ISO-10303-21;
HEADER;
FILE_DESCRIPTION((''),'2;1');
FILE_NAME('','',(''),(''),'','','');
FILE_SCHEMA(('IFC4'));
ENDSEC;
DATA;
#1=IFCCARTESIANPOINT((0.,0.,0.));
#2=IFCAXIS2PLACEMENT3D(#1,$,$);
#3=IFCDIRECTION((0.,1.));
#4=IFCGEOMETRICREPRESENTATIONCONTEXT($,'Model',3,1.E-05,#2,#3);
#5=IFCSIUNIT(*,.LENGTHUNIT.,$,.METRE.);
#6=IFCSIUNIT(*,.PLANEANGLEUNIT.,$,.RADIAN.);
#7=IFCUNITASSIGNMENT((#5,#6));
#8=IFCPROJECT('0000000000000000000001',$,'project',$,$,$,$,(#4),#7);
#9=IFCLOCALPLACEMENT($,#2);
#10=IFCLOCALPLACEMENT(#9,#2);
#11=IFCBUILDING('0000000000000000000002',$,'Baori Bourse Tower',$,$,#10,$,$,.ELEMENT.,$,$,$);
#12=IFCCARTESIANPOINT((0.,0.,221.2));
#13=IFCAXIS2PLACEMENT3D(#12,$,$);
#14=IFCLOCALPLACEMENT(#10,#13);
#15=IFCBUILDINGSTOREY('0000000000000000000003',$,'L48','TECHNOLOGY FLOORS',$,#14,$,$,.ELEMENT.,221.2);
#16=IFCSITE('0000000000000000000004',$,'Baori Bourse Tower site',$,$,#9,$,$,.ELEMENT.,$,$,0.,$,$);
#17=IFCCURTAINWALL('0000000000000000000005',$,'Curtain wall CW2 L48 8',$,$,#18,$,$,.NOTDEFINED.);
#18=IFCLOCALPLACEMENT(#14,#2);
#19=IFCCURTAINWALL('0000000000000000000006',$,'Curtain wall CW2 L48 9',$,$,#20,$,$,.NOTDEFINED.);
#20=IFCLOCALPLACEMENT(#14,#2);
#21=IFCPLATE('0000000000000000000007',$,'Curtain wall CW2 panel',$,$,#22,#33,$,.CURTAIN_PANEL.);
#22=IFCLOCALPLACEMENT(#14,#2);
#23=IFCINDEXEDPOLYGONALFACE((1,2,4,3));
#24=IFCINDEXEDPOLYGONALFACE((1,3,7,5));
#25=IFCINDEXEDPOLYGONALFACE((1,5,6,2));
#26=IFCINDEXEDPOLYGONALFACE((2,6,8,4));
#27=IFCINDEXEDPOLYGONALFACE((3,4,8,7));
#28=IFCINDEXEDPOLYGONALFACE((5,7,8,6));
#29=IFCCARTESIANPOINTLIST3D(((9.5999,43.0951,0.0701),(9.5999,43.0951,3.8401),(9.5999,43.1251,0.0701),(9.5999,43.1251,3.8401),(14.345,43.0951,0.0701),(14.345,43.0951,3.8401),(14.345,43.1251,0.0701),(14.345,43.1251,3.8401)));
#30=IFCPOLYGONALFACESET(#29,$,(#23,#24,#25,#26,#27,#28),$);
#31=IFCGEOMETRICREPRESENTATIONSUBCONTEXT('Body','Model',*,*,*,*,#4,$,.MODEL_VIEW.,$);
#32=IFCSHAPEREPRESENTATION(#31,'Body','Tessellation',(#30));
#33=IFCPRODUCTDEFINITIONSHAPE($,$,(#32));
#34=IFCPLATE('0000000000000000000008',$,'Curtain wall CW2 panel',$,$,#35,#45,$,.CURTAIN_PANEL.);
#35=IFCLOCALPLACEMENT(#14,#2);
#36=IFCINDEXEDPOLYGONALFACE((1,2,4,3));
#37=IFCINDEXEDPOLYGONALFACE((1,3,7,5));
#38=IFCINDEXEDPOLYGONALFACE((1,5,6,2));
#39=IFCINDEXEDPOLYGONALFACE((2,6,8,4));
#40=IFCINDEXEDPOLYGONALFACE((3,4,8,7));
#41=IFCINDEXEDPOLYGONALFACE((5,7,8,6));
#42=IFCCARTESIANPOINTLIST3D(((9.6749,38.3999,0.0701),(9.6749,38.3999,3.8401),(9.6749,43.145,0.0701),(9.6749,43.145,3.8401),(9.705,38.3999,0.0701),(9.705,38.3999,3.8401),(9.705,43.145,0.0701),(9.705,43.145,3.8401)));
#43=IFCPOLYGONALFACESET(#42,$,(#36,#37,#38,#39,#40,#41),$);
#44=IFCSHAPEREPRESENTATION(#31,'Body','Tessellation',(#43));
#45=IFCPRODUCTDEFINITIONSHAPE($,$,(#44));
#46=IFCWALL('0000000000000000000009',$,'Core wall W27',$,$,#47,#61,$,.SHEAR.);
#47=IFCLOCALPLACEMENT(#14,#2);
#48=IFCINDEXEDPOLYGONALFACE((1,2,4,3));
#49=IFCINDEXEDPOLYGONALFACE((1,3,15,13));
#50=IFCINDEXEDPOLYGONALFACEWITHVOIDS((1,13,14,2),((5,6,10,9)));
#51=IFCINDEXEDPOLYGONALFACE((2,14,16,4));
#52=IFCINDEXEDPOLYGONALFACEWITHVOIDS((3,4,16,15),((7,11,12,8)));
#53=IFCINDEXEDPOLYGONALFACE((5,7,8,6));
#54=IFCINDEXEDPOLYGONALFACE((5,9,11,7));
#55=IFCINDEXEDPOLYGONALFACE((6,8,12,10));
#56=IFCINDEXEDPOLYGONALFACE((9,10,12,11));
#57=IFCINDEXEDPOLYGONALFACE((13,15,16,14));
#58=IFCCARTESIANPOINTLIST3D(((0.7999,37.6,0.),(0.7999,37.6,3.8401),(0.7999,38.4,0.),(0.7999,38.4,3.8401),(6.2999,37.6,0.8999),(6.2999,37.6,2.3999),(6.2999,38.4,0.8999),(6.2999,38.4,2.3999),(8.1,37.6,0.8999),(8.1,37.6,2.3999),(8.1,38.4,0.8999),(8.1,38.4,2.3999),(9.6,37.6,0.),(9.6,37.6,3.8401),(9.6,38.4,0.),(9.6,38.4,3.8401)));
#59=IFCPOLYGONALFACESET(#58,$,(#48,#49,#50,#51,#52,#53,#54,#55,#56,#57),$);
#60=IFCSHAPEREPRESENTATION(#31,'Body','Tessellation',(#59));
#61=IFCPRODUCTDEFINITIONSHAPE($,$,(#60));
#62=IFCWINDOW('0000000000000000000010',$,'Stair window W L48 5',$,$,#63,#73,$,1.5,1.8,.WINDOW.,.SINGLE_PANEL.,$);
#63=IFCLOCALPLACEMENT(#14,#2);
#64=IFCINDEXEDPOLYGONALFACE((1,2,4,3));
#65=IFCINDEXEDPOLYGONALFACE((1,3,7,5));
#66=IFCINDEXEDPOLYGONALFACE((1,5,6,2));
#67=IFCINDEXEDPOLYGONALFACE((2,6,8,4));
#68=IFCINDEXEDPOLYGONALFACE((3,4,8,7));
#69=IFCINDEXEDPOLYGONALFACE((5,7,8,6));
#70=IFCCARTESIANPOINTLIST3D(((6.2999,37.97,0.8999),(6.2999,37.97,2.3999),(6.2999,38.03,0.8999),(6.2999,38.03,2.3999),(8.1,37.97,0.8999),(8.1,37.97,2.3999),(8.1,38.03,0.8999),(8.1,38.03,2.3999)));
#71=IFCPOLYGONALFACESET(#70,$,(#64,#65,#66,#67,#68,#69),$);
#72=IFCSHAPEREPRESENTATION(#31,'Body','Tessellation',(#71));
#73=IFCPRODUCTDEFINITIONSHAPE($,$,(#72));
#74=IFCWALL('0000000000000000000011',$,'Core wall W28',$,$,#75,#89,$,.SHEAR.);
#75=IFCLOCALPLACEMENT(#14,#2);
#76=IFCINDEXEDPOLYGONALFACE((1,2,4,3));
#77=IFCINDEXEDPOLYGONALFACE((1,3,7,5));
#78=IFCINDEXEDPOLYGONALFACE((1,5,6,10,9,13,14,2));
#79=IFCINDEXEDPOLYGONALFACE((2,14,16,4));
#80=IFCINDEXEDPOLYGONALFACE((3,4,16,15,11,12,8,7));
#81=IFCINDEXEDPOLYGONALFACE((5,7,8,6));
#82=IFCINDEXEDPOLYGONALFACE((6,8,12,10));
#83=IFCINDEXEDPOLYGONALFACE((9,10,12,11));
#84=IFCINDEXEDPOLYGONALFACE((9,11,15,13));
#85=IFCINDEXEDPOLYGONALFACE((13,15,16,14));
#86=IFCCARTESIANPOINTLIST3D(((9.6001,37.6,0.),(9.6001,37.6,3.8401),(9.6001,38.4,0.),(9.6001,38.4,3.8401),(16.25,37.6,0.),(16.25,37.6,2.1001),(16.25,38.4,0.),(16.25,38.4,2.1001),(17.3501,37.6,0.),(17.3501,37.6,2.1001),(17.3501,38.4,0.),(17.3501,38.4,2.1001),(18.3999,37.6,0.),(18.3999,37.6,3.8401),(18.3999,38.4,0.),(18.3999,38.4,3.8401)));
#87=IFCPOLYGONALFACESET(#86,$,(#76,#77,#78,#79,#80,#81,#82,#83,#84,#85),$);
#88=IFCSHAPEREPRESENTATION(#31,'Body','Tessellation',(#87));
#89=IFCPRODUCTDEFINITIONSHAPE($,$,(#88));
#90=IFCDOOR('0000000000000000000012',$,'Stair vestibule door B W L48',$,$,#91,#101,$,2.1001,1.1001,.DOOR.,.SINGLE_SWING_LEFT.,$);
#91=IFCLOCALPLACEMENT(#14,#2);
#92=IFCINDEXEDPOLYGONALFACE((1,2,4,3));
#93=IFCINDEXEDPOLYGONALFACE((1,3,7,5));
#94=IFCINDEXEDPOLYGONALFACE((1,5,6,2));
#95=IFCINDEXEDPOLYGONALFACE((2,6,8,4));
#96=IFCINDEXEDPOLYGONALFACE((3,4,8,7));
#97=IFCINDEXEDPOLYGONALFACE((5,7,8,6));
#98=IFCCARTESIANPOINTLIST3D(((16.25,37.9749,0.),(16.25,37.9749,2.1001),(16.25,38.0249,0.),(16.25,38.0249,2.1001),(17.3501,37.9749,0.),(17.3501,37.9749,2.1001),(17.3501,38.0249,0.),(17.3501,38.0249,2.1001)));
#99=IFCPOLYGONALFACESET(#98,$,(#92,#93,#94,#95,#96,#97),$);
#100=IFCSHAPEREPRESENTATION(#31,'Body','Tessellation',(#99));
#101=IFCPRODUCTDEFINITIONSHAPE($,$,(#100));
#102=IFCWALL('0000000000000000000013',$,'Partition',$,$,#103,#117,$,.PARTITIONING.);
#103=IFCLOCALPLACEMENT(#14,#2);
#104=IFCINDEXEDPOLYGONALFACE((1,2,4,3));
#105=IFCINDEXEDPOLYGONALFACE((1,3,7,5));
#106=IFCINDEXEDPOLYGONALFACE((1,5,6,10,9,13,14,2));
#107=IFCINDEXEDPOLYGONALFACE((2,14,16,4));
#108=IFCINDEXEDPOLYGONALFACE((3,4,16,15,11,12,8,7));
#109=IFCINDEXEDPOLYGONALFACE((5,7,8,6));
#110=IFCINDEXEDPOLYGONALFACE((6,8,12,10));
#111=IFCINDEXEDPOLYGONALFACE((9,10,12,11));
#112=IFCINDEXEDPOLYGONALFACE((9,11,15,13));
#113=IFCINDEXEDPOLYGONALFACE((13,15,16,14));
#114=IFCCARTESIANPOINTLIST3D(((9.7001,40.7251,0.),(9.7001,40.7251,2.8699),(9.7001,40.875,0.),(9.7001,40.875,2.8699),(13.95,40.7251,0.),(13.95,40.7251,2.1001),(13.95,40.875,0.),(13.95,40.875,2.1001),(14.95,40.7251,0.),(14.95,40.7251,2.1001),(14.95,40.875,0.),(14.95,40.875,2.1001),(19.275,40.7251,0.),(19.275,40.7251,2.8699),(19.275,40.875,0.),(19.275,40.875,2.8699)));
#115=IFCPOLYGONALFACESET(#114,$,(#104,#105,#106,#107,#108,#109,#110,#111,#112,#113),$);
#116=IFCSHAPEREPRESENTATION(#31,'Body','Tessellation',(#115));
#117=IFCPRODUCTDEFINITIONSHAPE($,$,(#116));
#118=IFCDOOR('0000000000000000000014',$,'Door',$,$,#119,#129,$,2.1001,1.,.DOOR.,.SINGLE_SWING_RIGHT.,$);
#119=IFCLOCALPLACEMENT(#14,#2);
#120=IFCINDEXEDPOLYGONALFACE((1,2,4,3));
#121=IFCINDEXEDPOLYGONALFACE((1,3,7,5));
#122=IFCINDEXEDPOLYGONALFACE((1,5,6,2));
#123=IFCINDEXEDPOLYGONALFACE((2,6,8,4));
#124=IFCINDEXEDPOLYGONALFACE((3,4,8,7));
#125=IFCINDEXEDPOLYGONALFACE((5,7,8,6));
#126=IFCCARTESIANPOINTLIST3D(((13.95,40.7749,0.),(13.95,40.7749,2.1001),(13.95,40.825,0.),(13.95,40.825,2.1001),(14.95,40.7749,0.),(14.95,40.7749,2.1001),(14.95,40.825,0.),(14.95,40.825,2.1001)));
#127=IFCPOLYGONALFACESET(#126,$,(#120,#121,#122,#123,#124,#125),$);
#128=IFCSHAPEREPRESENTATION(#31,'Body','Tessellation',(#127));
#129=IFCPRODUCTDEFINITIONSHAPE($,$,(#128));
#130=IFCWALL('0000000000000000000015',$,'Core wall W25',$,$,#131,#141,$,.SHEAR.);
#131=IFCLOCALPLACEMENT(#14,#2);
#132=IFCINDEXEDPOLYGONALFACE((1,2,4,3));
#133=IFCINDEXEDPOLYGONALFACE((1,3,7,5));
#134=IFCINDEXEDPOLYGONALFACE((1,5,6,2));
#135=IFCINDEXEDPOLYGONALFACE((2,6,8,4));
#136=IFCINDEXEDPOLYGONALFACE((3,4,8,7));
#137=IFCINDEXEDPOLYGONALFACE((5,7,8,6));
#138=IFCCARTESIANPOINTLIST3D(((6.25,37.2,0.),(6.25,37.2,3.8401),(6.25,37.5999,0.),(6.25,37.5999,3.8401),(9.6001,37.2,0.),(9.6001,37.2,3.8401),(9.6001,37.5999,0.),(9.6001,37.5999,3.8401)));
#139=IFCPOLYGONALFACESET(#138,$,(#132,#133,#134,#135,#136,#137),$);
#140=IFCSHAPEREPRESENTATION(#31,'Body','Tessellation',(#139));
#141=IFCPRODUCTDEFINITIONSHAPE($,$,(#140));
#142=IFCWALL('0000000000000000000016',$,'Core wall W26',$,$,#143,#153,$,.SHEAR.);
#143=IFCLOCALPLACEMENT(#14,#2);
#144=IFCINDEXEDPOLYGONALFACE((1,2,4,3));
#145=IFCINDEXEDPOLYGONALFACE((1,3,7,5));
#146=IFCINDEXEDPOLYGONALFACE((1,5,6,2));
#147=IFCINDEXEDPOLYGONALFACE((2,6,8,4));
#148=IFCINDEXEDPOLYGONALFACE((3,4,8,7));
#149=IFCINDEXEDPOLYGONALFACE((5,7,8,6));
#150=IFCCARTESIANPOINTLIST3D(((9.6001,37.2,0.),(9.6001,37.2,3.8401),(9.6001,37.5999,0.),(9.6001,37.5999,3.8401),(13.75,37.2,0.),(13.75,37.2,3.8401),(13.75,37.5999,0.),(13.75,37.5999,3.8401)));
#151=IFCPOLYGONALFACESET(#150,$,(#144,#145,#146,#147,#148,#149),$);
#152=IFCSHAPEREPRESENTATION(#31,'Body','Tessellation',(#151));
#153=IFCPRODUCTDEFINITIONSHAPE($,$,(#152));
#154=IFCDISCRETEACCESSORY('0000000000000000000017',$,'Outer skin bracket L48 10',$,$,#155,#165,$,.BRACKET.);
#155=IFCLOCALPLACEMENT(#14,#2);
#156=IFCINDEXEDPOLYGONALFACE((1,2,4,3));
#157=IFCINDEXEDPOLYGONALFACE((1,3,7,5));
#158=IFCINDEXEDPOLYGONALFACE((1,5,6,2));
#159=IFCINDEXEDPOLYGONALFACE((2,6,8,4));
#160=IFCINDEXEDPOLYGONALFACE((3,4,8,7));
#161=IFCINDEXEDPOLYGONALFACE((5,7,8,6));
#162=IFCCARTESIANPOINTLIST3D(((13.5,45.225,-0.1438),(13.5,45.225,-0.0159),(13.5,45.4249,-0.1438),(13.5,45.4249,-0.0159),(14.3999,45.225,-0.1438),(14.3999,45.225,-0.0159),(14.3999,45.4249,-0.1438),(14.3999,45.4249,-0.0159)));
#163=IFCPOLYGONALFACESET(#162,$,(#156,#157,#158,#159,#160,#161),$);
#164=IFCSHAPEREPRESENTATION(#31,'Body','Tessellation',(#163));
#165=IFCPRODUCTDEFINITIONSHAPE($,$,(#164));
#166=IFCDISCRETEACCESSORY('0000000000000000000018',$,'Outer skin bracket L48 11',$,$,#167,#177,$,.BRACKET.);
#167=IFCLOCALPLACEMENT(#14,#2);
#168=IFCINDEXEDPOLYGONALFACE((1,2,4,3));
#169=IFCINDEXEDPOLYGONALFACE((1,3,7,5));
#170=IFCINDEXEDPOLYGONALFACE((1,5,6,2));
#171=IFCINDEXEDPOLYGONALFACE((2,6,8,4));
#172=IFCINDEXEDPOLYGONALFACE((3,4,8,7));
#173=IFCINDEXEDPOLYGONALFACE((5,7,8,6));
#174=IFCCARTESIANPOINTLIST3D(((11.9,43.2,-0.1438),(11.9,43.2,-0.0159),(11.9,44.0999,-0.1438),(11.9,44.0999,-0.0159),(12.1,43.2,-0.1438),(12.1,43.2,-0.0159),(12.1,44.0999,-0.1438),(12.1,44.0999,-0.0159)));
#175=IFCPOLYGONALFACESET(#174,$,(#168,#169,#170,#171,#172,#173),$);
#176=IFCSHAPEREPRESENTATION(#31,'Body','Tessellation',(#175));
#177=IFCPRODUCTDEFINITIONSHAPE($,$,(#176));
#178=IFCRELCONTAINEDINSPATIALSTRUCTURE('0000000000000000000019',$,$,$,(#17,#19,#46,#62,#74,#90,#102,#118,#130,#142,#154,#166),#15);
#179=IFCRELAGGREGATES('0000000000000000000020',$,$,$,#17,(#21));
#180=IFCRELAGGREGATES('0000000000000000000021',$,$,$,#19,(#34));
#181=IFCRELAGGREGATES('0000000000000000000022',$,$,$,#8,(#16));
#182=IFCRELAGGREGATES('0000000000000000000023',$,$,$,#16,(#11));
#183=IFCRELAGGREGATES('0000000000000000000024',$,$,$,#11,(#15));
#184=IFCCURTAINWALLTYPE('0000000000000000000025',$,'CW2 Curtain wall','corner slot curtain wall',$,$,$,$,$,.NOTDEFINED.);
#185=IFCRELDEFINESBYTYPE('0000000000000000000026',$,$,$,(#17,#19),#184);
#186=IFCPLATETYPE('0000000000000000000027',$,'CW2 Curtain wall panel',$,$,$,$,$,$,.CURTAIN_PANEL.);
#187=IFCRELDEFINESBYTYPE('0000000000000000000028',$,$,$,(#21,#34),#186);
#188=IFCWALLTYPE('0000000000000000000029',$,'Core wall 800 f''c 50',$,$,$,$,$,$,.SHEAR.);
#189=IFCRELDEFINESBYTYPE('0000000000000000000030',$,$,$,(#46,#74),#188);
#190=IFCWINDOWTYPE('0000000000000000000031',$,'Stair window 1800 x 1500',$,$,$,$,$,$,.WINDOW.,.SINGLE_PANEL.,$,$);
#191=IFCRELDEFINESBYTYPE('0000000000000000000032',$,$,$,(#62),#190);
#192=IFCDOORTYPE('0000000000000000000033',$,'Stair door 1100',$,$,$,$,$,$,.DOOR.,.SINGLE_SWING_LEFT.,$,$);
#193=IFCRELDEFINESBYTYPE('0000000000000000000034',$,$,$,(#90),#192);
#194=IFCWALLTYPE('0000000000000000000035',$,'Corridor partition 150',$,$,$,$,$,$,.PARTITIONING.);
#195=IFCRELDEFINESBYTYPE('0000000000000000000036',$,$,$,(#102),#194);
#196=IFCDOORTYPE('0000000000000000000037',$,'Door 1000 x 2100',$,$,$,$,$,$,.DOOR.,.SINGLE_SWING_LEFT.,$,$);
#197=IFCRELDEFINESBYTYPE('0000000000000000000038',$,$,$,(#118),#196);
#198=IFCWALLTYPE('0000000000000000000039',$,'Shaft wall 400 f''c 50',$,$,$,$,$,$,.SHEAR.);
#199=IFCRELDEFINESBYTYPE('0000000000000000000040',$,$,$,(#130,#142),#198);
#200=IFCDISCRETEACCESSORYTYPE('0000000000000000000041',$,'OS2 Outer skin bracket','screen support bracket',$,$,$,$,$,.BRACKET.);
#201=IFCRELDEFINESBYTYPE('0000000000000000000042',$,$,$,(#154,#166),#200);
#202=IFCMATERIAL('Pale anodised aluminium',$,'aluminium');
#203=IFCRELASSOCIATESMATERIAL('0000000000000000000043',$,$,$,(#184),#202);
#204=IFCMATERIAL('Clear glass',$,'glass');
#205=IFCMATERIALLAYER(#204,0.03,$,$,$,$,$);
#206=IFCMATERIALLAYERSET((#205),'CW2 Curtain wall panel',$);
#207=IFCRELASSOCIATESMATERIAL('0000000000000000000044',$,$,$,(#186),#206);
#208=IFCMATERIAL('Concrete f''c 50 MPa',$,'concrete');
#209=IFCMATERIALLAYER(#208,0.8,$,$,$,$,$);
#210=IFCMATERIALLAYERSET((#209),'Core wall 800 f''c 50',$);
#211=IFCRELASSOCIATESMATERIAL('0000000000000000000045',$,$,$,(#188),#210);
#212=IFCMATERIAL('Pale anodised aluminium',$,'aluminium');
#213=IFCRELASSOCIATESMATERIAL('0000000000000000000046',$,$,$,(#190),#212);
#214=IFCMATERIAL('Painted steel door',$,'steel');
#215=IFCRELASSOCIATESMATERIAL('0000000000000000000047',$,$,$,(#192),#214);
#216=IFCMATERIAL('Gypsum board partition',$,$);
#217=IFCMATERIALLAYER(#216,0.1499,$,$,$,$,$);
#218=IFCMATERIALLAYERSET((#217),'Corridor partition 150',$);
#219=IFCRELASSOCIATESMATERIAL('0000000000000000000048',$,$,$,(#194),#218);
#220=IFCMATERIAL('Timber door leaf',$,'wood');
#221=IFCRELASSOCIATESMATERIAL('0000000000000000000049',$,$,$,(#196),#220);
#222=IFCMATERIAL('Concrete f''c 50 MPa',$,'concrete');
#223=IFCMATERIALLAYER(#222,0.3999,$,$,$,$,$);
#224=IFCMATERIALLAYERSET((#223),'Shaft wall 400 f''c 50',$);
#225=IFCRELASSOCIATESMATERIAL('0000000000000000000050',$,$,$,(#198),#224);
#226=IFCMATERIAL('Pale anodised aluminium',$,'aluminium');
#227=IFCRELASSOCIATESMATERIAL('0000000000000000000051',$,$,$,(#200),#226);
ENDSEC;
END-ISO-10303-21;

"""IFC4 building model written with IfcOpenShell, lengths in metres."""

from ifc_helpers import new_model, si_unit, direction, frame, frame_2d, origin, origin_2d, place, context, subcontext, project, spatial, rectangle, extrude, material, layer, layer_set, type_object, element, fill, aggregate, save


model = new_model("IFC4")

# Units and contexts
model_context = context("Model", 3, precision=1e-05, world=origin(), true_north=direction((0.0, 1.0)))
body_context = subcontext(model_context, "Body", "Model", "MODEL_VIEW")
ifc_project = project(units=[si_unit("LENGTHUNIT", "METRE"), si_unit("PLANEANGLEUNIT", "RADIAN")], contexts=[model_context])

# Site, building, storey
site_placement = place(None, origin())
site = spatial("IfcSite", under=ifc_project, at=site_placement, Name="Baori Bourse Tower site", CompositionType="ELEMENT", RefElevation=0.0)
building_placement = place(site_placement, origin())
building = spatial("IfcBuilding", under=site, at=building_placement, Name="Baori Bourse Tower", CompositionType="ELEMENT")
storey_placement = place(building_placement, frame((0.0, 0.0, 221.2)))
storey = spatial("IfcBuildingStorey", under=building, at=storey_placement, Name="L48", Description="TECHNOLOGY FLOORS", CompositionType="ELEMENT", Elevation=221.2)

# Curtain walls
ifc_material_1 = material(Name="Pale anodised aluminium", Category="aluminium")
curtain_wall_type = type_object("IfcCurtainWallType", Name="CW2 Curtain wall", Description="corner slot curtain wall", PredefinedType="NOTDEFINED", material=ifc_material_1)
curtain_wall_1_placement = place(storey_placement, origin())
curtain_wall_1 = element("IfcCurtainWall", 1, at=curtain_wall_1_placement, inside=storey, type_object=curtain_wall_type, Name="Curtain wall CW2 L48 8", PredefinedType="NOTDEFINED")
curtain_wall_2_placement = place(storey_placement, origin())
curtain_wall_2 = element("IfcCurtainWall", 2, at=curtain_wall_2_placement, inside=storey, type_object=curtain_wall_type, Name="Curtain wall CW2 L48 9", PredefinedType="NOTDEFINED")

# Plates
ifc_material_2 = material(Name="Clear glass", Category="glass")
ifc_layer_1 = layer(ifc_material_2, 0.03)
ifc_layer_set_1 = layer_set([ifc_layer_1], Name="CW2 Curtain wall panel")
plate_type = type_object("IfcPlateType", Name="CW2 Curtain wall panel", PredefinedType="CURTAIN_PANEL", material=ifc_layer_set_1)
plate_1_placement = place(storey_placement, frame((11.9724, 43.1101, 0.0701), z_axis=(0.0, 0.0, 1.0), x_axis=(-1.0, 0.0, 0.0)))
plate_1 = element("IfcPlate", 3, at=plate_1_placement, type_object=plate_type, Name="Curtain wall CW2 panel", PredefinedType="CURTAIN_PANEL", context=body_context, shape_type="SweptSolid", body=[
    extrude(rectangle(XDim=4.7451, YDim=0.03, at=origin_2d()), origin(), (0.0, 0.0, 1.0), 3.77),
])
aggregate(curtain_wall_1, [plate_1])
plate_2_placement = place(storey_placement, frame((9.6899, 40.7725, 0.0701), z_axis=(0.0, 0.0, 1.0), x_axis=(0.0, -1.0, 0.0)))
plate_2 = element("IfcPlate", 4, at=plate_2_placement, type_object=plate_type, Name="Curtain wall CW2 panel", PredefinedType="CURTAIN_PANEL", context=body_context, shape_type="SweptSolid", body=[
    extrude(rectangle(XDim=4.7451, YDim=0.03, at=origin_2d()), origin(), (0.0, 0.0, 1.0), 3.77),
])
aggregate(curtain_wall_2, [plate_2])

# Wall, opening, window
ifc_material_3 = material(Name="Concrete f'c 50 MPa", Category="concrete")
ifc_layer_2 = layer(ifc_material_3, 0.8)
ifc_layer_set_2 = layer_set([ifc_layer_2], Name="Core wall 800 f'c 50")
wall_type_1 = type_object("IfcWallType", Name="Core wall 800 f'c 50", PredefinedType="SHEAR", material=ifc_layer_set_2)
wall_1_placement = place(storey_placement, frame((0.8, 38.0, 0.0), z_axis=(0.0, 0.0, 1.0), x_axis=(1.0, 0.0, 0.0)))
wall_1 = element("IfcWall", 5, at=wall_1_placement, inside=storey, type_object=wall_type_1, Name="Core wall W27", PredefinedType="SHEAR", context=body_context, shape_type="SweptSolid", body=[
    extrude(rectangle(XDim=8.8, YDim=0.8, at=frame_2d((4.3999, 0.0))), origin(), (0.0, 0.0, 1.0), 3.8401),
])
opening_1_placement = place(wall_1_placement, frame((5.5, 0.0, 0.8999)))
opening_1 = element("IfcOpeningElement", 6, at=opening_1_placement, cuts=wall_1, PredefinedType="OPENING", context=body_context, shape_type="SweptSolid", body=[
    extrude(rectangle(XDim=1.8, YDim=1.5, at=frame_2d((0.8999, 0.75))), frame((0.0, 0.4099, 0.0), z_axis=(0.0, -1.0, 0.0), x_axis=(1.0, 0.0, 0.0)), (0.0, 0.0, 1.0), 0.8201),
])
ifc_material_4 = material(Name="Pale anodised aluminium", Category="aluminium")
window_type = type_object("IfcWindowType", Name="Stair window 1800 x 1500", PartitioningType="SINGLE_PANEL", PredefinedType="WINDOW", material=ifc_material_4)
window_placement = place(opening_1_placement, origin())
window = element("IfcWindow", 7, at=window_placement, inside=storey, type_object=window_type, Name="Stair window W L48 5", OverallHeight=1.5, OverallWidth=1.8, PartitioningType="SINGLE_PANEL", PredefinedType="WINDOW", context=body_context, shape_type="SweptSolid", body=[
    extrude(rectangle(XDim=1.8, YDim=1.5, at=frame_2d((0.8999, 0.75))), frame((0.0, 0.03, 0.0), z_axis=(0.0, -1.0, 0.0), x_axis=(1.0, 0.0, 0.0)), (0.0, 0.0, 1.0), 0.0601),
])
fill(opening_1, window)

# Walls, openings, doors
wall_2_placement = place(storey_placement, frame((9.6001, 38.0, 0.0), z_axis=(0.0, 0.0, 1.0), x_axis=(1.0, 0.0, 0.0)))
wall_2 = element("IfcWall", 8, at=wall_2_placement, inside=storey, type_object=wall_type_1, Name="Core wall W28", PredefinedType="SHEAR", context=body_context, shape_type="SweptSolid", body=[
    extrude(rectangle(XDim=8.7998, YDim=0.8, at=frame_2d((4.3999, 0.0))), origin(), (0.0, 0.0, 1.0), 3.8401),
])
opening_2_placement = place(wall_2_placement, frame((6.6499, 0.0, 0.0)))
opening_2 = element("IfcOpeningElement", 9, at=opening_2_placement, cuts=wall_2, PredefinedType="OPENING", context=body_context, shape_type="SweptSolid", body=[
    extrude(rectangle(XDim=1.1001, YDim=2.1001, at=frame_2d((0.55, 1.05))), frame((0.0, 0.4099, 0.0), z_axis=(0.0, -1.0, 0.0), x_axis=(1.0, 0.0, 0.0)), (0.0, 0.0, 1.0), 0.8201),
])
ifc_material_5 = material(Name="Painted steel door", Category="steel")
door_type_1 = type_object("IfcDoorType", Name="Stair door 1100", OperationType="SINGLE_SWING_LEFT", PredefinedType="DOOR", material=ifc_material_5)
door_1_placement = place(opening_2_placement, origin())
door_1 = element("IfcDoor", 10, at=door_1_placement, inside=storey, type_object=door_type_1, Name="Stair vestibule door B W L48", OperationType="SINGLE_SWING_LEFT", OverallHeight=2.1001, OverallWidth=1.1001, PredefinedType="DOOR", context=body_context, shape_type="SweptSolid", body=[
    extrude(rectangle(XDim=1.1001, YDim=2.1001, at=frame_2d((0.55, 1.05))), frame((0.0, 0.0249, 0.0), z_axis=(0.0, -1.0, 0.0), x_axis=(1.0, 0.0, 0.0)), (0.0, 0.0, 1.0), 0.05),
])
fill(opening_2, door_1)
ifc_material_6 = material(Name="Gypsum board partition")
ifc_layer_3 = layer(ifc_material_6, 0.1499)
ifc_layer_set_3 = layer_set([ifc_layer_3], Name="Corridor partition 150")
wall_type_2 = type_object("IfcWallType", Name="Corridor partition 150", PredefinedType="PARTITIONING", material=ifc_layer_set_3)
wall_3_placement = place(storey_placement, frame((9.7, 40.8, 0.0), z_axis=(0.0, 0.0, 1.0), x_axis=(1.0, 0.0, 0.0)))
wall_3 = element("IfcWall", 11, at=wall_3_placement, inside=storey, type_object=wall_type_2, Name="Partition", PredefinedType="PARTITIONING", context=body_context, shape_type="SweptSolid", body=[
    extrude(rectangle(XDim=9.575, YDim=0.1499, at=frame_2d((4.7876, 0.0))), origin(), (0.0, 0.0, 1.0), 2.8699),
])
opening_3_placement = place(wall_3_placement, frame((4.25, 0.0, 0.0)))
opening_3 = element("IfcOpeningElement", 12, at=opening_3_placement, cuts=wall_3, PredefinedType="OPENING", context=body_context, shape_type="SweptSolid", body=[
    extrude(rectangle(XDim=1.0, YDim=2.1001, at=frame_2d((0.5, 1.05))), frame((0.0, 0.085, 0.0), z_axis=(0.0, -1.0, 0.0), x_axis=(1.0, 0.0, 0.0)), (0.0, 0.0, 1.0), 0.1699),
])
ifc_material_7 = material(Name="Timber door leaf", Category="wood")
door_type_2 = type_object("IfcDoorType", Name="Door 1000 x 2100", OperationType="SINGLE_SWING_LEFT", PredefinedType="DOOR", material=ifc_material_7)
door_2_placement = place(opening_3_placement, origin())
door_2 = element("IfcDoor", 13, at=door_2_placement, inside=storey, type_object=door_type_2, Name="Door", OperationType="SINGLE_SWING_RIGHT", OverallHeight=2.1001, OverallWidth=1.0, PredefinedType="DOOR", context=body_context, shape_type="SweptSolid", body=[
    extrude(rectangle(XDim=1.0, YDim=2.1001, at=frame_2d((0.5, 1.05))), frame((0.0, 0.0249, 0.0), z_axis=(0.0, -1.0, 0.0), x_axis=(1.0, 0.0, 0.0)), (0.0, 0.0, 1.0), 0.05),
])
fill(opening_3, door_2)

# Walls
ifc_material_8 = material(Name="Concrete f'c 50 MPa", Category="concrete")
ifc_layer_4 = layer(ifc_material_8, 0.3999)
ifc_layer_set_4 = layer_set([ifc_layer_4], Name="Shaft wall 400 f'c 50")
wall_type_3 = type_object("IfcWallType", Name="Shaft wall 400 f'c 50", PredefinedType="SHEAR", material=ifc_layer_set_4)
wall_4_placement = place(storey_placement, frame((6.25, 37.3999, 0.0), z_axis=(0.0, 0.0, 1.0), x_axis=(1.0, 0.0, 0.0)))
element("IfcWall", 14, at=wall_4_placement, inside=storey, type_object=wall_type_3, Name="Core wall W25", PredefinedType="SHEAR", context=body_context, shape_type="SweptSolid", body=[
    extrude(rectangle(XDim=3.3501, YDim=0.3999, at=frame_2d((1.675, 0.0))), origin(), (0.0, 0.0, 1.0), 3.8401),
])
wall_5_placement = place(storey_placement, frame((9.6001, 37.3999, 0.0), z_axis=(0.0, 0.0, 1.0), x_axis=(1.0, 0.0, 0.0)))
element("IfcWall", 15, at=wall_5_placement, inside=storey, type_object=wall_type_3, Name="Core wall W26", PredefinedType="SHEAR", context=body_context, shape_type="SweptSolid", body=[
    extrude(rectangle(XDim=4.1499, YDim=0.3999, at=frame_2d((2.075, 0.0))), origin(), (0.0, 0.0, 1.0), 3.8401),
])

# Discrete accessories
ifc_material_9 = material(Name="Pale anodised aluminium", Category="aluminium")
discrete_accessory_type = type_object("IfcDiscreteAccessoryType", Name="OS2 Outer skin bracket", Description="screen support bracket", PredefinedType="BRACKET", material=ifc_material_9)
for number, where, z_axis, x_axis, name in (
    (16, (13.95, 45.325, -0.1438), (0.0, 0.0, 1.0), (0.0, -1.0, 0.0), "Outer skin bracket L48 10"),
    (17, (12.0, 43.6499, -0.1438), (0.0, 0.0, 1.0), (-1.0, 0.0, 0.0), "Outer skin bracket L48 11"),
):
    element("IfcDiscreteAccessory", number, at=place(storey_placement, frame(where, z_axis=z_axis, x_axis=x_axis)), inside=storey, type_object=discrete_accessory_type, Name=name, PredefinedType="BRACKET", context=body_context, shape_type="SweptSolid", body=[
        extrude(rectangle(XDim=0.2, YDim=0.8999, at=origin_2d()), origin(), (0.0, 0.0, 1.0), 0.1279),
    ])

save(model, "model.ifc")
